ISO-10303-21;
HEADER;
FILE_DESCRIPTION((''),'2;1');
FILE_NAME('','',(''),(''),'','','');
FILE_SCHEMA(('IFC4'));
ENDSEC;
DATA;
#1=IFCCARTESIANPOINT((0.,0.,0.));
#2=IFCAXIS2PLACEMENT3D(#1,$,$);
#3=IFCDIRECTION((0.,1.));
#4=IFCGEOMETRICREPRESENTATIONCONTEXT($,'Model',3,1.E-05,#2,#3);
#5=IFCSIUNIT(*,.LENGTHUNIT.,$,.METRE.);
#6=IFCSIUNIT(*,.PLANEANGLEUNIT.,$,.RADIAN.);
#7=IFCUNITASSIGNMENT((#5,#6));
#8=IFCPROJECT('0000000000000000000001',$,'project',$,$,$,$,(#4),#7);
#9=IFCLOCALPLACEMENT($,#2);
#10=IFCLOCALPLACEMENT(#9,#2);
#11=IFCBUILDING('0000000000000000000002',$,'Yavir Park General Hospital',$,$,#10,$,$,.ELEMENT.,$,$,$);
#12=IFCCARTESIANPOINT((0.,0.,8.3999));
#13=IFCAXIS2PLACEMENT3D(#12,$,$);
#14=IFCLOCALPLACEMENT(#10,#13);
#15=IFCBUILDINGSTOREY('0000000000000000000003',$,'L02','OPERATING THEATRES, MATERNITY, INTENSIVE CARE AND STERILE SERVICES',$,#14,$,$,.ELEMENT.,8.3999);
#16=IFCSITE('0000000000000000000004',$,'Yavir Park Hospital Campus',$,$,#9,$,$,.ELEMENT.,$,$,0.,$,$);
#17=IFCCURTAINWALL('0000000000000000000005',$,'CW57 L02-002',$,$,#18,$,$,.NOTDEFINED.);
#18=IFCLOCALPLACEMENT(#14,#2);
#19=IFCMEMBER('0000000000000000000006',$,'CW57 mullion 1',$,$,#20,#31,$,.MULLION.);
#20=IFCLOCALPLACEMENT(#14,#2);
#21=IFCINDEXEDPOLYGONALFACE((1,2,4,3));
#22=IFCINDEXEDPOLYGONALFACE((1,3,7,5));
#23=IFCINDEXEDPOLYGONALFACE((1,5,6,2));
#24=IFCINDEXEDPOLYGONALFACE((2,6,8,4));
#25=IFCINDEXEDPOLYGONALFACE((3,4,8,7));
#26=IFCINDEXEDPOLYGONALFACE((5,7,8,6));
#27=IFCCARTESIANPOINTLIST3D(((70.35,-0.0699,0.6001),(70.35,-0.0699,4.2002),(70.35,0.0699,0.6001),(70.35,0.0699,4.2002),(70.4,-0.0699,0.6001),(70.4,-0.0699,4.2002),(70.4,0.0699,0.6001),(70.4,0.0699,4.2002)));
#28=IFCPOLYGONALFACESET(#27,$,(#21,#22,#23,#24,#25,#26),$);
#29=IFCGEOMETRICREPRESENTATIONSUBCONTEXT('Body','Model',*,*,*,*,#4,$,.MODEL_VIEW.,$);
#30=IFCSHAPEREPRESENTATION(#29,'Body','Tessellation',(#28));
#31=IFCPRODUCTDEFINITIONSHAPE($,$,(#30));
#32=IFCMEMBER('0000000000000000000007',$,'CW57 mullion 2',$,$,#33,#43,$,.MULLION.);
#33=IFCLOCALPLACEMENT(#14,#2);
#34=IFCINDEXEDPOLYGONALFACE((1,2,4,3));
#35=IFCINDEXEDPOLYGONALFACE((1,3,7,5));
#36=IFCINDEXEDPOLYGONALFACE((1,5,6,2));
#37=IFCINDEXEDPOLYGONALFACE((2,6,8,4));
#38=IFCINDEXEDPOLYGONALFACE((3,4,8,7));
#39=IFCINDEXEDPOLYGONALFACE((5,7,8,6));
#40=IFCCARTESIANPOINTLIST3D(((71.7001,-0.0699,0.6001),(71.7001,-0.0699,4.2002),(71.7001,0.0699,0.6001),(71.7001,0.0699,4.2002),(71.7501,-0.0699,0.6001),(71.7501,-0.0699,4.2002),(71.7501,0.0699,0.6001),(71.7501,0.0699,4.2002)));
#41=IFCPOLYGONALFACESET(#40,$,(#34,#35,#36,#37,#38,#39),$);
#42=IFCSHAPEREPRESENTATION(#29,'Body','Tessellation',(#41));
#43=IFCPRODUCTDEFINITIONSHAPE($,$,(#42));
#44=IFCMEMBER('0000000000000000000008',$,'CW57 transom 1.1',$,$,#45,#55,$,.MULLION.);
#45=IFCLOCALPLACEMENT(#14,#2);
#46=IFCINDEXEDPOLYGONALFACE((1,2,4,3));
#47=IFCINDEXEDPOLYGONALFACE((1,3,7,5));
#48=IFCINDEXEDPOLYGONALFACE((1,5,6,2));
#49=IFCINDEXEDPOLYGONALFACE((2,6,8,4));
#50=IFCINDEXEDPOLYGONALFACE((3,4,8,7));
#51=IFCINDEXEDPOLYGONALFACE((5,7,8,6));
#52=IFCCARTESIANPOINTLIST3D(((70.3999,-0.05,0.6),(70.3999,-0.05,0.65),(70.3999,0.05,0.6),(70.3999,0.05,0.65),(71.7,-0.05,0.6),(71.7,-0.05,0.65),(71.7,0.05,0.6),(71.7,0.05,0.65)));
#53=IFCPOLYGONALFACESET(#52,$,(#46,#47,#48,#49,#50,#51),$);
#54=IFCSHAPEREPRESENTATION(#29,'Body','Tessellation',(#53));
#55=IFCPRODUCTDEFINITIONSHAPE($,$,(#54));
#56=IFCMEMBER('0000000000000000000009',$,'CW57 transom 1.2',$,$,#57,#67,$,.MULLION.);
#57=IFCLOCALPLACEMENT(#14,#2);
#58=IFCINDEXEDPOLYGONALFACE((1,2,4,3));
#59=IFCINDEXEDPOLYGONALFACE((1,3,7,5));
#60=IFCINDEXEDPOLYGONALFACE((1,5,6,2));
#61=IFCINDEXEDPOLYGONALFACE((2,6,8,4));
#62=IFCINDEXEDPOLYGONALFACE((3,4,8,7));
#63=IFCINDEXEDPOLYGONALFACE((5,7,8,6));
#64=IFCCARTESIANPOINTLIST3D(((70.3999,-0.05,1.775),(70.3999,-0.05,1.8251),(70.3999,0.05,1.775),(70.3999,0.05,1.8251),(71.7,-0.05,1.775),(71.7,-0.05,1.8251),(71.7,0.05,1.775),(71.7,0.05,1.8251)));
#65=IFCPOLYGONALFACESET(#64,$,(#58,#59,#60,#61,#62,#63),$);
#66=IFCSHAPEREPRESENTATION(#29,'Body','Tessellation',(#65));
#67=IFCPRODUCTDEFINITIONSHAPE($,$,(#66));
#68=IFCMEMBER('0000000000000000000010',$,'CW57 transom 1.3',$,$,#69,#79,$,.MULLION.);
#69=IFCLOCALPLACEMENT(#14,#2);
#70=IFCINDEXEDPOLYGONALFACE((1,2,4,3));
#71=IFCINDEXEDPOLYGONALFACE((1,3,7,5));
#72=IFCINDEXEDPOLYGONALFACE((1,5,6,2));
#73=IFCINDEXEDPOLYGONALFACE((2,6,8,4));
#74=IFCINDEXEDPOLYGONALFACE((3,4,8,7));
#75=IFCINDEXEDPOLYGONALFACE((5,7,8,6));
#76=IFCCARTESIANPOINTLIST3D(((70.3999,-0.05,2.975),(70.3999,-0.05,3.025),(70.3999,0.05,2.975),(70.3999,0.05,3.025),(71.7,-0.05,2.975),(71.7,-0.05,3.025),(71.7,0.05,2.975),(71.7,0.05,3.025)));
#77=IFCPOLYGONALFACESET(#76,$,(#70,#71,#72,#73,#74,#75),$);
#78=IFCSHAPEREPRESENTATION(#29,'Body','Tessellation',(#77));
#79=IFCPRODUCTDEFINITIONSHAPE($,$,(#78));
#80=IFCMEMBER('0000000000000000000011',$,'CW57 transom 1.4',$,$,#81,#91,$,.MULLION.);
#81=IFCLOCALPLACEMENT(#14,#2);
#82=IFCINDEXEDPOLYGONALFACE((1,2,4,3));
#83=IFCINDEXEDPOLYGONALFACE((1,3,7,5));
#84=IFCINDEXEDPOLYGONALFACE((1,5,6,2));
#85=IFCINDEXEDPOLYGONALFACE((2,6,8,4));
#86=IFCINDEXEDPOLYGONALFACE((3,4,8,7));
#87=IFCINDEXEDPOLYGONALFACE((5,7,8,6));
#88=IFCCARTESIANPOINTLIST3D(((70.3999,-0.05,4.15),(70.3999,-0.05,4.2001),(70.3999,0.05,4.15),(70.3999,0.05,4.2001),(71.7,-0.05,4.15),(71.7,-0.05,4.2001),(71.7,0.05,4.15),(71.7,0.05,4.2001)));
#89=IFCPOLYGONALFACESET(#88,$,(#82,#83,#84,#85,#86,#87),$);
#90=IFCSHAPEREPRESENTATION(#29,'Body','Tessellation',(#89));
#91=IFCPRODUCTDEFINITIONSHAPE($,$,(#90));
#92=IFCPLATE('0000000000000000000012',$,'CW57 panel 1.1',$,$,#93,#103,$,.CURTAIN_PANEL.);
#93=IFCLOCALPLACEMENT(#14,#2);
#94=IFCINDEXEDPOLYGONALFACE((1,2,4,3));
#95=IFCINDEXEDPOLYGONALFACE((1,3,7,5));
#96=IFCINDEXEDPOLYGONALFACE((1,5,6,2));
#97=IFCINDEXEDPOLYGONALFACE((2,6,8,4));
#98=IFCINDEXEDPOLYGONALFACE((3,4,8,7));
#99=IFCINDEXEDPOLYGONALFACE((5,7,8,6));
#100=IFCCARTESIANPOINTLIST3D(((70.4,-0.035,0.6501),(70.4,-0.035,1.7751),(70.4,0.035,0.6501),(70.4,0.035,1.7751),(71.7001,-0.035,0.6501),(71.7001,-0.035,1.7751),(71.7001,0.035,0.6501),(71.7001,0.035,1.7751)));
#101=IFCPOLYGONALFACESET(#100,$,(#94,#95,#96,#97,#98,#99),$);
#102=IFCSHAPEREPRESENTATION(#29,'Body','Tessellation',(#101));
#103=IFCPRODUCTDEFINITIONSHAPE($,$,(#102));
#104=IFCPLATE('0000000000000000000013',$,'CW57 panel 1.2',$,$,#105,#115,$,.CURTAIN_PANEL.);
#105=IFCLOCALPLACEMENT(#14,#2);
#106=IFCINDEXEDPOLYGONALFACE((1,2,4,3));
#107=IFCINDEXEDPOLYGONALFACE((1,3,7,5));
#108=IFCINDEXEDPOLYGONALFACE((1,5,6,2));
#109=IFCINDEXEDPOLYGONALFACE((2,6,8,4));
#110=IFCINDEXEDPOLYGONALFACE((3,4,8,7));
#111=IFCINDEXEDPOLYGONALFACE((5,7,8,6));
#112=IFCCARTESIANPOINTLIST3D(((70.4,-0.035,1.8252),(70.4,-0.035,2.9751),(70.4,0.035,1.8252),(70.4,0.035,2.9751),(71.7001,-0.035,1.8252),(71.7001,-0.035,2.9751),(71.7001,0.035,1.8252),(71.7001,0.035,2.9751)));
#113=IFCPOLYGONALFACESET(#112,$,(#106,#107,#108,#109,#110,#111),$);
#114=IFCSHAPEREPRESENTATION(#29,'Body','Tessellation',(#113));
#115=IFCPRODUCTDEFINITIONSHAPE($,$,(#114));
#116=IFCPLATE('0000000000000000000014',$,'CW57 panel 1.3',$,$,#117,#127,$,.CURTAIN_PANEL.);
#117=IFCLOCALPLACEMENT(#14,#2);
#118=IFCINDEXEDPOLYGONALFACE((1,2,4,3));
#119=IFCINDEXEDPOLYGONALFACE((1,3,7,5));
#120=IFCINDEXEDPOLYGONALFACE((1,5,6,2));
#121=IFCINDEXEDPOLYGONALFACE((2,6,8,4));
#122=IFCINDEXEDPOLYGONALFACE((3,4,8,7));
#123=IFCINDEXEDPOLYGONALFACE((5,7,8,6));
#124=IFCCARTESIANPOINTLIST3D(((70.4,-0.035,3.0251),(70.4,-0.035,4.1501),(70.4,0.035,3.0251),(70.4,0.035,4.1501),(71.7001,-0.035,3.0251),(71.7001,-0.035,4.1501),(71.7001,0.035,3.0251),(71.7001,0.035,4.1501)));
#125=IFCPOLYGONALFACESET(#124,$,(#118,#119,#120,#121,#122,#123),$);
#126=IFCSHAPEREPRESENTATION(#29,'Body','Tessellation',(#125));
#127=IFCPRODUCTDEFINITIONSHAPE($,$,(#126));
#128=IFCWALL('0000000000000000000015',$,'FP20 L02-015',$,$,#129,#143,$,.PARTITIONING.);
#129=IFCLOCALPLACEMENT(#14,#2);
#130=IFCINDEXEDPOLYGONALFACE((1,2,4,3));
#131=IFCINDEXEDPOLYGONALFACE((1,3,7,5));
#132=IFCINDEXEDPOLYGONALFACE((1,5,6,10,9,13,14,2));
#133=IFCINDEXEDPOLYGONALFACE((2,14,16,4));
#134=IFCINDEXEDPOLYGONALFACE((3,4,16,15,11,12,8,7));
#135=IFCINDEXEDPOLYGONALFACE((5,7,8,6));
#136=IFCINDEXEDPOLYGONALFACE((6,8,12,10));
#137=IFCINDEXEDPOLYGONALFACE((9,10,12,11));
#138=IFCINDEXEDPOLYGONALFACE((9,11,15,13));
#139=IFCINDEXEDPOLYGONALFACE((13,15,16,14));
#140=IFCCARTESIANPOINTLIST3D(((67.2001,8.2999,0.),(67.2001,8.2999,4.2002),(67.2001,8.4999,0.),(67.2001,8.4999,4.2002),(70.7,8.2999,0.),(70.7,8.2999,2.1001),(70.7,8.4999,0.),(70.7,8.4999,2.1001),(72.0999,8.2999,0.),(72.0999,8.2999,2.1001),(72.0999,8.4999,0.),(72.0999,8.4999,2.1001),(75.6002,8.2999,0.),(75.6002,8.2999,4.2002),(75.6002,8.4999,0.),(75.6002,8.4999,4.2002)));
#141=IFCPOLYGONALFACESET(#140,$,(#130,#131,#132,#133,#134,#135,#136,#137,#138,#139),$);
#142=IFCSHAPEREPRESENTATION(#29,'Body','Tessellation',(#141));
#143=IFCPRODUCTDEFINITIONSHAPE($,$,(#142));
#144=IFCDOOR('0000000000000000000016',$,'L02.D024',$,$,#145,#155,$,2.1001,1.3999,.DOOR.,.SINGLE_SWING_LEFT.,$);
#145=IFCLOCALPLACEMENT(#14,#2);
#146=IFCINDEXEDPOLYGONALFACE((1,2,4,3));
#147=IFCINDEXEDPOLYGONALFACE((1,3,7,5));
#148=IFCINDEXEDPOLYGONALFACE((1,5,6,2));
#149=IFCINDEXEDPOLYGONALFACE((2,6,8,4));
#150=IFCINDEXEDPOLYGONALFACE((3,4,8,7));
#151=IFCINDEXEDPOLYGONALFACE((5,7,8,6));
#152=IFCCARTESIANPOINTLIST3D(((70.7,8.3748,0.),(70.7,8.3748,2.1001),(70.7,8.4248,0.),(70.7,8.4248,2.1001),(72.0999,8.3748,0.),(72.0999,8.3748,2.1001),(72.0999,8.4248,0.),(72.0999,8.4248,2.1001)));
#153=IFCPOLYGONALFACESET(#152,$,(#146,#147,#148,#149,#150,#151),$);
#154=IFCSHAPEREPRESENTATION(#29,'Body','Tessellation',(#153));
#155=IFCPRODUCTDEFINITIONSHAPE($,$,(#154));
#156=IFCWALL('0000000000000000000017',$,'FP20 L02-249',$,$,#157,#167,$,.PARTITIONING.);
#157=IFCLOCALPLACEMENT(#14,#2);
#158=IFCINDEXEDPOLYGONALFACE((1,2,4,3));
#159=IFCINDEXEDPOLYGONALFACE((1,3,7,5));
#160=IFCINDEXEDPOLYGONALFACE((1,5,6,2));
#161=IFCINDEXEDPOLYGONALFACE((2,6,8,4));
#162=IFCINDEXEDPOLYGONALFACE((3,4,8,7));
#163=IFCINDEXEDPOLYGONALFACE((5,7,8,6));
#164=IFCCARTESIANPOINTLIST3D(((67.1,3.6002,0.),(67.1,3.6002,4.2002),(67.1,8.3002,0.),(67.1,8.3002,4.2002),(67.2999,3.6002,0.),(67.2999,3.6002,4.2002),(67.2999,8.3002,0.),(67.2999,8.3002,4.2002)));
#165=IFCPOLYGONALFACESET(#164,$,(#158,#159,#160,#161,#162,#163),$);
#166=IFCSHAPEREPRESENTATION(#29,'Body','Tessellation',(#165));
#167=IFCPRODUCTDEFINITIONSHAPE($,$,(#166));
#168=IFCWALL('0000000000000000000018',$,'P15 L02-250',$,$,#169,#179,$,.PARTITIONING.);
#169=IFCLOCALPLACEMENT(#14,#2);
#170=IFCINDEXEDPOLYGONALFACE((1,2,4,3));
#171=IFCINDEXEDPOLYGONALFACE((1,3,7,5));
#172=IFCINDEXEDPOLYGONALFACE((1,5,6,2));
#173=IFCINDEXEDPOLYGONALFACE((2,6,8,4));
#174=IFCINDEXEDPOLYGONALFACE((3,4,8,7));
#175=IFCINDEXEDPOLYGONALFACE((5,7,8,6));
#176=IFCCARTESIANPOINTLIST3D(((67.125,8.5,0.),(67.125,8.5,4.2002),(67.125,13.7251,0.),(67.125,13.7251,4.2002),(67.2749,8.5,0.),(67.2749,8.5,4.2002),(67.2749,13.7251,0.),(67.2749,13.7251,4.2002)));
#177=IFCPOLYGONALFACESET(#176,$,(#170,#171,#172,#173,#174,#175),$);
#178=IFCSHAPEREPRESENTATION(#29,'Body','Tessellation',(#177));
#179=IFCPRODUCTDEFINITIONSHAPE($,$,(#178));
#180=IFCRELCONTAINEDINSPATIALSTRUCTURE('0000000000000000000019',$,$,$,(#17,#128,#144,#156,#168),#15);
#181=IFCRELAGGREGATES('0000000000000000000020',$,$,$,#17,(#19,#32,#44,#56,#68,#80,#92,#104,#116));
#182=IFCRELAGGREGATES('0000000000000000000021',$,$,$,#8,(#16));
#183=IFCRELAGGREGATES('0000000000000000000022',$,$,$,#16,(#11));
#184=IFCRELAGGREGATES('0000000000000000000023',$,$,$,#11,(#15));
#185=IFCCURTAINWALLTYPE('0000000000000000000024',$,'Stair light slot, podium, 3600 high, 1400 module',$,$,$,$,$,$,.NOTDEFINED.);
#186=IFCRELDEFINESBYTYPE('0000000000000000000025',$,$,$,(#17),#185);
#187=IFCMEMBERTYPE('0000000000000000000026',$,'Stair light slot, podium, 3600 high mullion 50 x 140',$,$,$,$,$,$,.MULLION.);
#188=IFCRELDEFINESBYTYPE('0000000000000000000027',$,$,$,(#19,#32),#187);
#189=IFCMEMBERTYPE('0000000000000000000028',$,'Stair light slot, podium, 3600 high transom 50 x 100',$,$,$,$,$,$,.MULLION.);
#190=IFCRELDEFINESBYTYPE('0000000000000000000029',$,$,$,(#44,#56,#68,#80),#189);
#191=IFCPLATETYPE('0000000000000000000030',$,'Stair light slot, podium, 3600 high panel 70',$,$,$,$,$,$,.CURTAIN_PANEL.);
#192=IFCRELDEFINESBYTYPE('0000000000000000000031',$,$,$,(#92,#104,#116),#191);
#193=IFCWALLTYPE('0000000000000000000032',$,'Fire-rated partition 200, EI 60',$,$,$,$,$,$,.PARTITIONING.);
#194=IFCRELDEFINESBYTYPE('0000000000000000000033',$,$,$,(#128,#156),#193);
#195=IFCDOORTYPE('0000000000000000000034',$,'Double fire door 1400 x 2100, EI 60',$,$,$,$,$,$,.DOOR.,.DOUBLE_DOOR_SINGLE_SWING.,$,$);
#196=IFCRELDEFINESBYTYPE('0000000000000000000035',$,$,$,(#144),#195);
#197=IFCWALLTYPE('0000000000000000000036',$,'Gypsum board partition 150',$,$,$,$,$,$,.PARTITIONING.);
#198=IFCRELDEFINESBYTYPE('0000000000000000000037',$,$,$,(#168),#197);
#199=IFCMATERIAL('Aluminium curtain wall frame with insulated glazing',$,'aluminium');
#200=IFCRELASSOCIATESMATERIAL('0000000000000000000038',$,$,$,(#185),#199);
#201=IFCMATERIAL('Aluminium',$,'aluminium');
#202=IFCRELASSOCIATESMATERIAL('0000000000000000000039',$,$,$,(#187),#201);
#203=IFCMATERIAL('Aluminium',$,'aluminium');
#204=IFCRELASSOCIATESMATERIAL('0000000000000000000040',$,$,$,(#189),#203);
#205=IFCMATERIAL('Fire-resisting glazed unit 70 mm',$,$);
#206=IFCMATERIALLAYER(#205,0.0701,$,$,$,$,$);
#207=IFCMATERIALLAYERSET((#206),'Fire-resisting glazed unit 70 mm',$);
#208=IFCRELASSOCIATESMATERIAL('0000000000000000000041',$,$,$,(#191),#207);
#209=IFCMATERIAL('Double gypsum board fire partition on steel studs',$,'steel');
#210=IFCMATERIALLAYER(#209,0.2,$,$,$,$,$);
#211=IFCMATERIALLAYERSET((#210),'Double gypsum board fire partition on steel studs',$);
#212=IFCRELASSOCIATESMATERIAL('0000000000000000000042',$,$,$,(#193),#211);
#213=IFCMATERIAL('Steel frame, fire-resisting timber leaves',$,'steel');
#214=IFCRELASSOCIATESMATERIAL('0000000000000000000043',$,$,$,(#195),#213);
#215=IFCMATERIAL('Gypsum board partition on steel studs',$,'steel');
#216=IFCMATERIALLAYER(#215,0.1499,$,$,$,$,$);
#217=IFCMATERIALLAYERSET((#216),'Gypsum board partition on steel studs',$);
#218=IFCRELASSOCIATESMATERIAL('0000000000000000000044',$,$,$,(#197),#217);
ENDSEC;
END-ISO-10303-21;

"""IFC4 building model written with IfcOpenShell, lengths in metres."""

from ifc_helpers import new_model, si_unit, direction, frame, frame_2d, origin, origin_2d, place, context, subcontext, project, spatial, rectangle, extrude, material, layer, layer_set, material_profile, profile_set, type_object, element, fill, aggregate, save


model = new_model("IFC4")

# Units and contexts
model_context = context("Model", 3, precision=1e-05, world=origin(), true_north=direction((0.0, 1.0)))
body_context = subcontext(model_context, "Body", "Model", "MODEL_VIEW")
ifc_project = project(units=[si_unit("LENGTHUNIT", "METRE"), si_unit("PLANEANGLEUNIT", "RADIAN")], contexts=[model_context])

# Site, building, storey
site_placement = place(None, origin())
site = spatial("IfcSite", under=ifc_project, at=site_placement, Name="Yavir Park Hospital Campus", CompositionType="ELEMENT", RefElevation=0.0)
building_placement = place(site_placement, origin())
building = spatial("IfcBuilding", under=site, at=building_placement, Name="Yavir Park General Hospital", CompositionType="ELEMENT")
storey_placement = place(building_placement, frame((0.0, 0.0, 8.3999)))
storey = spatial("IfcBuildingStorey", under=building, at=storey_placement, Name="L02", Description="OPERATING THEATRES, MATERNITY, INTENSIVE CARE AND STERILE SERVICES", CompositionType="ELEMENT", Elevation=8.3999)

# Curtain wall, members, plates
ifc_material_1 = material(Name="Aluminium curtain wall frame with insulated glazing", Category="aluminium")
curtain_wall_type = type_object("IfcCurtainWallType", Name="Stair light slot, podium, 3600 high, 1400 module", PredefinedType="NOTDEFINED", material=ifc_material_1)
curtain_wall_placement = place(storey_placement, origin())
curtain_wall = element("IfcCurtainWall", 1, at=curtain_wall_placement, inside=storey, type_object=curtain_wall_type, Name="CW57 L02-002", PredefinedType="NOTDEFINED")
ifc_material_2 = material(Name="Aluminium", Category="aluminium")
ifc_material_profile_1 = material_profile(ifc_material_2, rectangle(XDim=0.1399, YDim=0.05, at=origin_2d()), Name="AL 50x140")
ifc_profile_set_1 = profile_set([ifc_material_profile_1], Name="Aluminium")
member_type_1 = type_object("IfcMemberType", Name="Stair light slot, podium, 3600 high mullion 50 x 140", PredefinedType="MULLION", material=ifc_profile_set_1)
member_1_placement = place(storey_placement, frame((70.375, 0.0, 0.6001), z_axis=(0.0, 0.0, 1.0), x_axis=(0.0, 1.0, 0.0)))
member_1 = element("IfcMember", 2, at=member_1_placement, type_object=member_type_1, Name="CW57 mullion 1", PredefinedType="MULLION", context=body_context, shape_type="SweptSolid", body=[
    extrude(rectangle(XDim=0.1399, YDim=0.05, at=origin_2d()), origin(), (0.0, 0.0, 1.0), 3.6001),
])
member_2_placement = place(storey_placement, frame((71.7251, 0.0, 0.6001), z_axis=(0.0, 0.0, 1.0), x_axis=(0.0, 1.0, 0.0)))
member_2 = element("IfcMember", 3, at=member_2_placement, type_object=member_type_1, Name="CW57 mullion 2", PredefinedType="MULLION", context=body_context, shape_type="SweptSolid", body=[
    extrude(rectangle(XDim=0.1399, YDim=0.05, at=origin_2d()), origin(), (0.0, 0.0, 1.0), 3.6001),
])
ifc_material_3 = material(Name="Aluminium", Category="aluminium")
ifc_material_profile_2 = material_profile(ifc_material_3, rectangle(XDim=0.1001, YDim=0.05, at=origin_2d()), Name="AL 100x50")
ifc_profile_set_2 = profile_set([ifc_material_profile_2], Name="Aluminium")
member_type_2 = type_object("IfcMemberType", Name="Stair light slot, podium, 3600 high transom 50 x 100", PredefinedType="MULLION", material=ifc_profile_set_2)
member_3_placement = place(storey_placement, frame((70.3999, 0.0, 0.625), z_axis=(1.0, 0.0, 0.0), x_axis=(0.0, 1.0, 0.0)))
member_3 = element("IfcMember", 4, at=member_3_placement, type_object=member_type_2, Name="CW57 transom 1.1", PredefinedType="MULLION", context=body_context, shape_type="SweptSolid", body=[
    extrude(rectangle(XDim=0.1001, YDim=0.05, at=origin_2d()), origin(), (0.0, 0.0, 1.0), 1.3),
])
member_4_placement = place(storey_placement, frame((70.3999, 0.0, 1.8), z_axis=(1.0, 0.0, 0.0), x_axis=(0.0, 1.0, 0.0)))
member_4 = element("IfcMember", 5, at=member_4_placement, type_object=member_type_2, Name="CW57 transom 1.2", PredefinedType="MULLION", context=body_context, shape_type="SweptSolid", body=[
    extrude(rectangle(XDim=0.1001, YDim=0.05, at=origin_2d()), origin(), (0.0, 0.0, 1.0), 1.3),
])
member_5_placement = place(storey_placement, frame((70.3999, 0.0, 3.0), z_axis=(1.0, 0.0, 0.0), x_axis=(0.0, 1.0, 0.0)))
member_5 = element("IfcMember", 6, at=member_5_placement, type_object=member_type_2, Name="CW57 transom 1.3", PredefinedType="MULLION", context=body_context, shape_type="SweptSolid", body=[
    extrude(rectangle(XDim=0.1001, YDim=0.05, at=origin_2d()), origin(), (0.0, 0.0, 1.0), 1.3),
])
member_6_placement = place(storey_placement, frame((70.3999, 0.0, 4.175), z_axis=(1.0, 0.0, 0.0), x_axis=(0.0, 1.0, 0.0)))
member_6 = element("IfcMember", 7, at=member_6_placement, type_object=member_type_2, Name="CW57 transom 1.4", PredefinedType="MULLION", context=body_context, shape_type="SweptSolid", body=[
    extrude(rectangle(XDim=0.1001, YDim=0.05, at=origin_2d()), origin(), (0.0, 0.0, 1.0), 1.3),
])
ifc_material_4 = material(Name="Fire-resisting glazed unit 70 mm")
ifc_layer_1 = layer(ifc_material_4, 0.0701)
ifc_layer_set_1 = layer_set([ifc_layer_1], Name="Fire-resisting glazed unit 70 mm")
plate_type = type_object("IfcPlateType", Name="Stair light slot, podium, 3600 high panel 70", PredefinedType="CURTAIN_PANEL", material=ifc_layer_set_1)
plate_1_placement = place(storey_placement, frame((71.05, 0.0, 0.6501), z_axis=(0.0, 0.0, 1.0), x_axis=(1.0, 0.0, 0.0)))
plate_1 = element("IfcPlate", 8, at=plate_1_placement, type_object=plate_type, Name="CW57 panel 1.1", PredefinedType="CURTAIN_PANEL", context=body_context, shape_type="SweptSolid", body=[
    extrude(rectangle(XDim=1.3, YDim=0.0701, at=origin_2d()), origin(), (0.0, 0.0, 1.0), 1.125),
])
plate_2_placement = place(storey_placement, frame((71.05, 0.0, 1.8252), z_axis=(0.0, 0.0, 1.0), x_axis=(1.0, 0.0, 0.0)))
plate_2 = element("IfcPlate", 9, at=plate_2_placement, type_object=plate_type, Name="CW57 panel 1.2", PredefinedType="CURTAIN_PANEL", context=body_context, shape_type="SweptSolid", body=[
    extrude(rectangle(XDim=1.3, YDim=0.0701, at=origin_2d()), origin(), (0.0, 0.0, 1.0), 1.1499),
])
plate_3_placement = place(storey_placement, frame((71.05, 0.0, 3.0251), z_axis=(0.0, 0.0, 1.0), x_axis=(1.0, 0.0, 0.0)))
plate_3 = element("IfcPlate", 10, at=plate_3_placement, type_object=plate_type, Name="CW57 panel 1.3", PredefinedType="CURTAIN_PANEL", context=body_context, shape_type="SweptSolid", body=[
    extrude(rectangle(XDim=1.3, YDim=0.0701, at=origin_2d()), origin(), (0.0, 0.0, 1.0), 1.125),
])
aggregate(curtain_wall, [member_1, member_2, member_3, member_4, member_5, member_6, plate_1, plate_2, plate_3])

# Wall, opening, door
ifc_material_5 = material(Name="Double gypsum board fire partition on steel studs", Category="steel")
ifc_layer_2 = layer(ifc_material_5, 0.2)
ifc_layer_set_2 = layer_set([ifc_layer_2], Name="Double gypsum board fire partition on steel studs")
wall_type_1 = type_object("IfcWallType", Name="Fire-rated partition 200, EI 60", PredefinedType="PARTITIONING", material=ifc_layer_set_2)
wall_1_placement = place(storey_placement, frame((67.2, 8.3999, 0.0), z_axis=(0.0, 0.0, 1.0), x_axis=(1.0, 0.0, 0.0)))
wall_1 = element("IfcWall", 11, at=wall_1_placement, inside=storey, type_object=wall_type_1, Name="FP20 L02-015", PredefinedType="PARTITIONING", context=body_context, shape_type="SweptSolid", body=[
    extrude(rectangle(XDim=8.4001, YDim=0.2, at=frame_2d((4.2002, 0.0))), origin(), (0.0, 0.0, 1.0), 4.2002),
])
opening_1_placement = place(wall_1_placement, frame((3.5, 0.0, 0.0)))
opening_1 = element("IfcOpeningElement", 12, at=opening_1_placement, cuts=wall_1, PredefinedType="OPENING", context=body_context, shape_type="SweptSolid", body=[
    extrude(rectangle(XDim=1.3999, YDim=2.1001, at=frame_2d((0.7, 1.05))), frame((0.0, 0.1099, 0.0), z_axis=(0.0, -1.0, 0.0), x_axis=(1.0, 0.0, 0.0)), (0.0, 0.0, 1.0), 0.22),
])
ifc_material_6 = material(Name="Steel frame, fire-resisting timber leaves", Category="steel")
door_type_1 = type_object("IfcDoorType", Name="Double fire door 1400 x 2100, EI 60", OperationType="DOUBLE_DOOR_SINGLE_SWING", PredefinedType="DOOR", material=ifc_material_6)
door_1_placement = place(opening_1_placement, origin())
door_1 = element("IfcDoor", 13, at=door_1_placement, inside=storey, type_object=door_type_1, Name="L02.D024", OperationType="SINGLE_SWING_LEFT", OverallHeight=2.1001, OverallWidth=1.3999, PredefinedType="DOOR", context=body_context, shape_type="SweptSolid", body=[
    extrude(rectangle(XDim=1.3999, YDim=2.1001, at=frame_2d((0.7, 1.05))), frame((0.0, 0.0249, 0.0), z_axis=(0.0, -1.0, 0.0), x_axis=(1.0, 0.0, 0.0)), (0.0, 0.0, 1.0), 0.05),
])
fill(opening_1, door_1)

# Walls
wall_2_placement = place(storey_placement, frame((67.2, 3.6001, 0.0), z_axis=(0.0, 0.0, 1.0), x_axis=(0.0, 1.0, 0.0)))
element("IfcWall", 14, at=wall_2_placement, inside=storey, type_object=wall_type_1, Name="FP20 L02-249", PredefinedType="PARTITIONING", context=body_context, shape_type="SweptSolid", body=[
    extrude(rectangle(XDim=4.7, YDim=0.2, at=frame_2d((2.3501, 0.0))), origin(), (0.0, 0.0, 1.0), 4.2002),
])
ifc_material_7 = material(Name="Gypsum board partition on steel studs", Category="steel")
ifc_layer_3 = layer(ifc_material_7, 0.1499)
ifc_layer_set_3 = layer_set([ifc_layer_3], Name="Gypsum board partition on steel studs")
wall_type_2 = type_object("IfcWallType", Name="Gypsum board partition 150", PredefinedType="PARTITIONING", material=ifc_layer_set_3)
wall_3_placement = place(storey_placement, frame((67.2, 8.5, 0.0), z_axis=(0.0, 0.0, 1.0), x_axis=(0.0, 1.0, 0.0)))
element("IfcWall", 15, at=wall_3_placement, inside=storey, type_object=wall_type_2, Name="P15 L02-250", PredefinedType="PARTITIONING", context=body_context, shape_type="SweptSolid", body=[
    extrude(rectangle(XDim=5.2251, YDim=0.1499, at=frame_2d((2.6125, 0.0))), origin(), (0.0, 0.0, 1.0), 4.2002),
])

save(model, "model.ifc")
